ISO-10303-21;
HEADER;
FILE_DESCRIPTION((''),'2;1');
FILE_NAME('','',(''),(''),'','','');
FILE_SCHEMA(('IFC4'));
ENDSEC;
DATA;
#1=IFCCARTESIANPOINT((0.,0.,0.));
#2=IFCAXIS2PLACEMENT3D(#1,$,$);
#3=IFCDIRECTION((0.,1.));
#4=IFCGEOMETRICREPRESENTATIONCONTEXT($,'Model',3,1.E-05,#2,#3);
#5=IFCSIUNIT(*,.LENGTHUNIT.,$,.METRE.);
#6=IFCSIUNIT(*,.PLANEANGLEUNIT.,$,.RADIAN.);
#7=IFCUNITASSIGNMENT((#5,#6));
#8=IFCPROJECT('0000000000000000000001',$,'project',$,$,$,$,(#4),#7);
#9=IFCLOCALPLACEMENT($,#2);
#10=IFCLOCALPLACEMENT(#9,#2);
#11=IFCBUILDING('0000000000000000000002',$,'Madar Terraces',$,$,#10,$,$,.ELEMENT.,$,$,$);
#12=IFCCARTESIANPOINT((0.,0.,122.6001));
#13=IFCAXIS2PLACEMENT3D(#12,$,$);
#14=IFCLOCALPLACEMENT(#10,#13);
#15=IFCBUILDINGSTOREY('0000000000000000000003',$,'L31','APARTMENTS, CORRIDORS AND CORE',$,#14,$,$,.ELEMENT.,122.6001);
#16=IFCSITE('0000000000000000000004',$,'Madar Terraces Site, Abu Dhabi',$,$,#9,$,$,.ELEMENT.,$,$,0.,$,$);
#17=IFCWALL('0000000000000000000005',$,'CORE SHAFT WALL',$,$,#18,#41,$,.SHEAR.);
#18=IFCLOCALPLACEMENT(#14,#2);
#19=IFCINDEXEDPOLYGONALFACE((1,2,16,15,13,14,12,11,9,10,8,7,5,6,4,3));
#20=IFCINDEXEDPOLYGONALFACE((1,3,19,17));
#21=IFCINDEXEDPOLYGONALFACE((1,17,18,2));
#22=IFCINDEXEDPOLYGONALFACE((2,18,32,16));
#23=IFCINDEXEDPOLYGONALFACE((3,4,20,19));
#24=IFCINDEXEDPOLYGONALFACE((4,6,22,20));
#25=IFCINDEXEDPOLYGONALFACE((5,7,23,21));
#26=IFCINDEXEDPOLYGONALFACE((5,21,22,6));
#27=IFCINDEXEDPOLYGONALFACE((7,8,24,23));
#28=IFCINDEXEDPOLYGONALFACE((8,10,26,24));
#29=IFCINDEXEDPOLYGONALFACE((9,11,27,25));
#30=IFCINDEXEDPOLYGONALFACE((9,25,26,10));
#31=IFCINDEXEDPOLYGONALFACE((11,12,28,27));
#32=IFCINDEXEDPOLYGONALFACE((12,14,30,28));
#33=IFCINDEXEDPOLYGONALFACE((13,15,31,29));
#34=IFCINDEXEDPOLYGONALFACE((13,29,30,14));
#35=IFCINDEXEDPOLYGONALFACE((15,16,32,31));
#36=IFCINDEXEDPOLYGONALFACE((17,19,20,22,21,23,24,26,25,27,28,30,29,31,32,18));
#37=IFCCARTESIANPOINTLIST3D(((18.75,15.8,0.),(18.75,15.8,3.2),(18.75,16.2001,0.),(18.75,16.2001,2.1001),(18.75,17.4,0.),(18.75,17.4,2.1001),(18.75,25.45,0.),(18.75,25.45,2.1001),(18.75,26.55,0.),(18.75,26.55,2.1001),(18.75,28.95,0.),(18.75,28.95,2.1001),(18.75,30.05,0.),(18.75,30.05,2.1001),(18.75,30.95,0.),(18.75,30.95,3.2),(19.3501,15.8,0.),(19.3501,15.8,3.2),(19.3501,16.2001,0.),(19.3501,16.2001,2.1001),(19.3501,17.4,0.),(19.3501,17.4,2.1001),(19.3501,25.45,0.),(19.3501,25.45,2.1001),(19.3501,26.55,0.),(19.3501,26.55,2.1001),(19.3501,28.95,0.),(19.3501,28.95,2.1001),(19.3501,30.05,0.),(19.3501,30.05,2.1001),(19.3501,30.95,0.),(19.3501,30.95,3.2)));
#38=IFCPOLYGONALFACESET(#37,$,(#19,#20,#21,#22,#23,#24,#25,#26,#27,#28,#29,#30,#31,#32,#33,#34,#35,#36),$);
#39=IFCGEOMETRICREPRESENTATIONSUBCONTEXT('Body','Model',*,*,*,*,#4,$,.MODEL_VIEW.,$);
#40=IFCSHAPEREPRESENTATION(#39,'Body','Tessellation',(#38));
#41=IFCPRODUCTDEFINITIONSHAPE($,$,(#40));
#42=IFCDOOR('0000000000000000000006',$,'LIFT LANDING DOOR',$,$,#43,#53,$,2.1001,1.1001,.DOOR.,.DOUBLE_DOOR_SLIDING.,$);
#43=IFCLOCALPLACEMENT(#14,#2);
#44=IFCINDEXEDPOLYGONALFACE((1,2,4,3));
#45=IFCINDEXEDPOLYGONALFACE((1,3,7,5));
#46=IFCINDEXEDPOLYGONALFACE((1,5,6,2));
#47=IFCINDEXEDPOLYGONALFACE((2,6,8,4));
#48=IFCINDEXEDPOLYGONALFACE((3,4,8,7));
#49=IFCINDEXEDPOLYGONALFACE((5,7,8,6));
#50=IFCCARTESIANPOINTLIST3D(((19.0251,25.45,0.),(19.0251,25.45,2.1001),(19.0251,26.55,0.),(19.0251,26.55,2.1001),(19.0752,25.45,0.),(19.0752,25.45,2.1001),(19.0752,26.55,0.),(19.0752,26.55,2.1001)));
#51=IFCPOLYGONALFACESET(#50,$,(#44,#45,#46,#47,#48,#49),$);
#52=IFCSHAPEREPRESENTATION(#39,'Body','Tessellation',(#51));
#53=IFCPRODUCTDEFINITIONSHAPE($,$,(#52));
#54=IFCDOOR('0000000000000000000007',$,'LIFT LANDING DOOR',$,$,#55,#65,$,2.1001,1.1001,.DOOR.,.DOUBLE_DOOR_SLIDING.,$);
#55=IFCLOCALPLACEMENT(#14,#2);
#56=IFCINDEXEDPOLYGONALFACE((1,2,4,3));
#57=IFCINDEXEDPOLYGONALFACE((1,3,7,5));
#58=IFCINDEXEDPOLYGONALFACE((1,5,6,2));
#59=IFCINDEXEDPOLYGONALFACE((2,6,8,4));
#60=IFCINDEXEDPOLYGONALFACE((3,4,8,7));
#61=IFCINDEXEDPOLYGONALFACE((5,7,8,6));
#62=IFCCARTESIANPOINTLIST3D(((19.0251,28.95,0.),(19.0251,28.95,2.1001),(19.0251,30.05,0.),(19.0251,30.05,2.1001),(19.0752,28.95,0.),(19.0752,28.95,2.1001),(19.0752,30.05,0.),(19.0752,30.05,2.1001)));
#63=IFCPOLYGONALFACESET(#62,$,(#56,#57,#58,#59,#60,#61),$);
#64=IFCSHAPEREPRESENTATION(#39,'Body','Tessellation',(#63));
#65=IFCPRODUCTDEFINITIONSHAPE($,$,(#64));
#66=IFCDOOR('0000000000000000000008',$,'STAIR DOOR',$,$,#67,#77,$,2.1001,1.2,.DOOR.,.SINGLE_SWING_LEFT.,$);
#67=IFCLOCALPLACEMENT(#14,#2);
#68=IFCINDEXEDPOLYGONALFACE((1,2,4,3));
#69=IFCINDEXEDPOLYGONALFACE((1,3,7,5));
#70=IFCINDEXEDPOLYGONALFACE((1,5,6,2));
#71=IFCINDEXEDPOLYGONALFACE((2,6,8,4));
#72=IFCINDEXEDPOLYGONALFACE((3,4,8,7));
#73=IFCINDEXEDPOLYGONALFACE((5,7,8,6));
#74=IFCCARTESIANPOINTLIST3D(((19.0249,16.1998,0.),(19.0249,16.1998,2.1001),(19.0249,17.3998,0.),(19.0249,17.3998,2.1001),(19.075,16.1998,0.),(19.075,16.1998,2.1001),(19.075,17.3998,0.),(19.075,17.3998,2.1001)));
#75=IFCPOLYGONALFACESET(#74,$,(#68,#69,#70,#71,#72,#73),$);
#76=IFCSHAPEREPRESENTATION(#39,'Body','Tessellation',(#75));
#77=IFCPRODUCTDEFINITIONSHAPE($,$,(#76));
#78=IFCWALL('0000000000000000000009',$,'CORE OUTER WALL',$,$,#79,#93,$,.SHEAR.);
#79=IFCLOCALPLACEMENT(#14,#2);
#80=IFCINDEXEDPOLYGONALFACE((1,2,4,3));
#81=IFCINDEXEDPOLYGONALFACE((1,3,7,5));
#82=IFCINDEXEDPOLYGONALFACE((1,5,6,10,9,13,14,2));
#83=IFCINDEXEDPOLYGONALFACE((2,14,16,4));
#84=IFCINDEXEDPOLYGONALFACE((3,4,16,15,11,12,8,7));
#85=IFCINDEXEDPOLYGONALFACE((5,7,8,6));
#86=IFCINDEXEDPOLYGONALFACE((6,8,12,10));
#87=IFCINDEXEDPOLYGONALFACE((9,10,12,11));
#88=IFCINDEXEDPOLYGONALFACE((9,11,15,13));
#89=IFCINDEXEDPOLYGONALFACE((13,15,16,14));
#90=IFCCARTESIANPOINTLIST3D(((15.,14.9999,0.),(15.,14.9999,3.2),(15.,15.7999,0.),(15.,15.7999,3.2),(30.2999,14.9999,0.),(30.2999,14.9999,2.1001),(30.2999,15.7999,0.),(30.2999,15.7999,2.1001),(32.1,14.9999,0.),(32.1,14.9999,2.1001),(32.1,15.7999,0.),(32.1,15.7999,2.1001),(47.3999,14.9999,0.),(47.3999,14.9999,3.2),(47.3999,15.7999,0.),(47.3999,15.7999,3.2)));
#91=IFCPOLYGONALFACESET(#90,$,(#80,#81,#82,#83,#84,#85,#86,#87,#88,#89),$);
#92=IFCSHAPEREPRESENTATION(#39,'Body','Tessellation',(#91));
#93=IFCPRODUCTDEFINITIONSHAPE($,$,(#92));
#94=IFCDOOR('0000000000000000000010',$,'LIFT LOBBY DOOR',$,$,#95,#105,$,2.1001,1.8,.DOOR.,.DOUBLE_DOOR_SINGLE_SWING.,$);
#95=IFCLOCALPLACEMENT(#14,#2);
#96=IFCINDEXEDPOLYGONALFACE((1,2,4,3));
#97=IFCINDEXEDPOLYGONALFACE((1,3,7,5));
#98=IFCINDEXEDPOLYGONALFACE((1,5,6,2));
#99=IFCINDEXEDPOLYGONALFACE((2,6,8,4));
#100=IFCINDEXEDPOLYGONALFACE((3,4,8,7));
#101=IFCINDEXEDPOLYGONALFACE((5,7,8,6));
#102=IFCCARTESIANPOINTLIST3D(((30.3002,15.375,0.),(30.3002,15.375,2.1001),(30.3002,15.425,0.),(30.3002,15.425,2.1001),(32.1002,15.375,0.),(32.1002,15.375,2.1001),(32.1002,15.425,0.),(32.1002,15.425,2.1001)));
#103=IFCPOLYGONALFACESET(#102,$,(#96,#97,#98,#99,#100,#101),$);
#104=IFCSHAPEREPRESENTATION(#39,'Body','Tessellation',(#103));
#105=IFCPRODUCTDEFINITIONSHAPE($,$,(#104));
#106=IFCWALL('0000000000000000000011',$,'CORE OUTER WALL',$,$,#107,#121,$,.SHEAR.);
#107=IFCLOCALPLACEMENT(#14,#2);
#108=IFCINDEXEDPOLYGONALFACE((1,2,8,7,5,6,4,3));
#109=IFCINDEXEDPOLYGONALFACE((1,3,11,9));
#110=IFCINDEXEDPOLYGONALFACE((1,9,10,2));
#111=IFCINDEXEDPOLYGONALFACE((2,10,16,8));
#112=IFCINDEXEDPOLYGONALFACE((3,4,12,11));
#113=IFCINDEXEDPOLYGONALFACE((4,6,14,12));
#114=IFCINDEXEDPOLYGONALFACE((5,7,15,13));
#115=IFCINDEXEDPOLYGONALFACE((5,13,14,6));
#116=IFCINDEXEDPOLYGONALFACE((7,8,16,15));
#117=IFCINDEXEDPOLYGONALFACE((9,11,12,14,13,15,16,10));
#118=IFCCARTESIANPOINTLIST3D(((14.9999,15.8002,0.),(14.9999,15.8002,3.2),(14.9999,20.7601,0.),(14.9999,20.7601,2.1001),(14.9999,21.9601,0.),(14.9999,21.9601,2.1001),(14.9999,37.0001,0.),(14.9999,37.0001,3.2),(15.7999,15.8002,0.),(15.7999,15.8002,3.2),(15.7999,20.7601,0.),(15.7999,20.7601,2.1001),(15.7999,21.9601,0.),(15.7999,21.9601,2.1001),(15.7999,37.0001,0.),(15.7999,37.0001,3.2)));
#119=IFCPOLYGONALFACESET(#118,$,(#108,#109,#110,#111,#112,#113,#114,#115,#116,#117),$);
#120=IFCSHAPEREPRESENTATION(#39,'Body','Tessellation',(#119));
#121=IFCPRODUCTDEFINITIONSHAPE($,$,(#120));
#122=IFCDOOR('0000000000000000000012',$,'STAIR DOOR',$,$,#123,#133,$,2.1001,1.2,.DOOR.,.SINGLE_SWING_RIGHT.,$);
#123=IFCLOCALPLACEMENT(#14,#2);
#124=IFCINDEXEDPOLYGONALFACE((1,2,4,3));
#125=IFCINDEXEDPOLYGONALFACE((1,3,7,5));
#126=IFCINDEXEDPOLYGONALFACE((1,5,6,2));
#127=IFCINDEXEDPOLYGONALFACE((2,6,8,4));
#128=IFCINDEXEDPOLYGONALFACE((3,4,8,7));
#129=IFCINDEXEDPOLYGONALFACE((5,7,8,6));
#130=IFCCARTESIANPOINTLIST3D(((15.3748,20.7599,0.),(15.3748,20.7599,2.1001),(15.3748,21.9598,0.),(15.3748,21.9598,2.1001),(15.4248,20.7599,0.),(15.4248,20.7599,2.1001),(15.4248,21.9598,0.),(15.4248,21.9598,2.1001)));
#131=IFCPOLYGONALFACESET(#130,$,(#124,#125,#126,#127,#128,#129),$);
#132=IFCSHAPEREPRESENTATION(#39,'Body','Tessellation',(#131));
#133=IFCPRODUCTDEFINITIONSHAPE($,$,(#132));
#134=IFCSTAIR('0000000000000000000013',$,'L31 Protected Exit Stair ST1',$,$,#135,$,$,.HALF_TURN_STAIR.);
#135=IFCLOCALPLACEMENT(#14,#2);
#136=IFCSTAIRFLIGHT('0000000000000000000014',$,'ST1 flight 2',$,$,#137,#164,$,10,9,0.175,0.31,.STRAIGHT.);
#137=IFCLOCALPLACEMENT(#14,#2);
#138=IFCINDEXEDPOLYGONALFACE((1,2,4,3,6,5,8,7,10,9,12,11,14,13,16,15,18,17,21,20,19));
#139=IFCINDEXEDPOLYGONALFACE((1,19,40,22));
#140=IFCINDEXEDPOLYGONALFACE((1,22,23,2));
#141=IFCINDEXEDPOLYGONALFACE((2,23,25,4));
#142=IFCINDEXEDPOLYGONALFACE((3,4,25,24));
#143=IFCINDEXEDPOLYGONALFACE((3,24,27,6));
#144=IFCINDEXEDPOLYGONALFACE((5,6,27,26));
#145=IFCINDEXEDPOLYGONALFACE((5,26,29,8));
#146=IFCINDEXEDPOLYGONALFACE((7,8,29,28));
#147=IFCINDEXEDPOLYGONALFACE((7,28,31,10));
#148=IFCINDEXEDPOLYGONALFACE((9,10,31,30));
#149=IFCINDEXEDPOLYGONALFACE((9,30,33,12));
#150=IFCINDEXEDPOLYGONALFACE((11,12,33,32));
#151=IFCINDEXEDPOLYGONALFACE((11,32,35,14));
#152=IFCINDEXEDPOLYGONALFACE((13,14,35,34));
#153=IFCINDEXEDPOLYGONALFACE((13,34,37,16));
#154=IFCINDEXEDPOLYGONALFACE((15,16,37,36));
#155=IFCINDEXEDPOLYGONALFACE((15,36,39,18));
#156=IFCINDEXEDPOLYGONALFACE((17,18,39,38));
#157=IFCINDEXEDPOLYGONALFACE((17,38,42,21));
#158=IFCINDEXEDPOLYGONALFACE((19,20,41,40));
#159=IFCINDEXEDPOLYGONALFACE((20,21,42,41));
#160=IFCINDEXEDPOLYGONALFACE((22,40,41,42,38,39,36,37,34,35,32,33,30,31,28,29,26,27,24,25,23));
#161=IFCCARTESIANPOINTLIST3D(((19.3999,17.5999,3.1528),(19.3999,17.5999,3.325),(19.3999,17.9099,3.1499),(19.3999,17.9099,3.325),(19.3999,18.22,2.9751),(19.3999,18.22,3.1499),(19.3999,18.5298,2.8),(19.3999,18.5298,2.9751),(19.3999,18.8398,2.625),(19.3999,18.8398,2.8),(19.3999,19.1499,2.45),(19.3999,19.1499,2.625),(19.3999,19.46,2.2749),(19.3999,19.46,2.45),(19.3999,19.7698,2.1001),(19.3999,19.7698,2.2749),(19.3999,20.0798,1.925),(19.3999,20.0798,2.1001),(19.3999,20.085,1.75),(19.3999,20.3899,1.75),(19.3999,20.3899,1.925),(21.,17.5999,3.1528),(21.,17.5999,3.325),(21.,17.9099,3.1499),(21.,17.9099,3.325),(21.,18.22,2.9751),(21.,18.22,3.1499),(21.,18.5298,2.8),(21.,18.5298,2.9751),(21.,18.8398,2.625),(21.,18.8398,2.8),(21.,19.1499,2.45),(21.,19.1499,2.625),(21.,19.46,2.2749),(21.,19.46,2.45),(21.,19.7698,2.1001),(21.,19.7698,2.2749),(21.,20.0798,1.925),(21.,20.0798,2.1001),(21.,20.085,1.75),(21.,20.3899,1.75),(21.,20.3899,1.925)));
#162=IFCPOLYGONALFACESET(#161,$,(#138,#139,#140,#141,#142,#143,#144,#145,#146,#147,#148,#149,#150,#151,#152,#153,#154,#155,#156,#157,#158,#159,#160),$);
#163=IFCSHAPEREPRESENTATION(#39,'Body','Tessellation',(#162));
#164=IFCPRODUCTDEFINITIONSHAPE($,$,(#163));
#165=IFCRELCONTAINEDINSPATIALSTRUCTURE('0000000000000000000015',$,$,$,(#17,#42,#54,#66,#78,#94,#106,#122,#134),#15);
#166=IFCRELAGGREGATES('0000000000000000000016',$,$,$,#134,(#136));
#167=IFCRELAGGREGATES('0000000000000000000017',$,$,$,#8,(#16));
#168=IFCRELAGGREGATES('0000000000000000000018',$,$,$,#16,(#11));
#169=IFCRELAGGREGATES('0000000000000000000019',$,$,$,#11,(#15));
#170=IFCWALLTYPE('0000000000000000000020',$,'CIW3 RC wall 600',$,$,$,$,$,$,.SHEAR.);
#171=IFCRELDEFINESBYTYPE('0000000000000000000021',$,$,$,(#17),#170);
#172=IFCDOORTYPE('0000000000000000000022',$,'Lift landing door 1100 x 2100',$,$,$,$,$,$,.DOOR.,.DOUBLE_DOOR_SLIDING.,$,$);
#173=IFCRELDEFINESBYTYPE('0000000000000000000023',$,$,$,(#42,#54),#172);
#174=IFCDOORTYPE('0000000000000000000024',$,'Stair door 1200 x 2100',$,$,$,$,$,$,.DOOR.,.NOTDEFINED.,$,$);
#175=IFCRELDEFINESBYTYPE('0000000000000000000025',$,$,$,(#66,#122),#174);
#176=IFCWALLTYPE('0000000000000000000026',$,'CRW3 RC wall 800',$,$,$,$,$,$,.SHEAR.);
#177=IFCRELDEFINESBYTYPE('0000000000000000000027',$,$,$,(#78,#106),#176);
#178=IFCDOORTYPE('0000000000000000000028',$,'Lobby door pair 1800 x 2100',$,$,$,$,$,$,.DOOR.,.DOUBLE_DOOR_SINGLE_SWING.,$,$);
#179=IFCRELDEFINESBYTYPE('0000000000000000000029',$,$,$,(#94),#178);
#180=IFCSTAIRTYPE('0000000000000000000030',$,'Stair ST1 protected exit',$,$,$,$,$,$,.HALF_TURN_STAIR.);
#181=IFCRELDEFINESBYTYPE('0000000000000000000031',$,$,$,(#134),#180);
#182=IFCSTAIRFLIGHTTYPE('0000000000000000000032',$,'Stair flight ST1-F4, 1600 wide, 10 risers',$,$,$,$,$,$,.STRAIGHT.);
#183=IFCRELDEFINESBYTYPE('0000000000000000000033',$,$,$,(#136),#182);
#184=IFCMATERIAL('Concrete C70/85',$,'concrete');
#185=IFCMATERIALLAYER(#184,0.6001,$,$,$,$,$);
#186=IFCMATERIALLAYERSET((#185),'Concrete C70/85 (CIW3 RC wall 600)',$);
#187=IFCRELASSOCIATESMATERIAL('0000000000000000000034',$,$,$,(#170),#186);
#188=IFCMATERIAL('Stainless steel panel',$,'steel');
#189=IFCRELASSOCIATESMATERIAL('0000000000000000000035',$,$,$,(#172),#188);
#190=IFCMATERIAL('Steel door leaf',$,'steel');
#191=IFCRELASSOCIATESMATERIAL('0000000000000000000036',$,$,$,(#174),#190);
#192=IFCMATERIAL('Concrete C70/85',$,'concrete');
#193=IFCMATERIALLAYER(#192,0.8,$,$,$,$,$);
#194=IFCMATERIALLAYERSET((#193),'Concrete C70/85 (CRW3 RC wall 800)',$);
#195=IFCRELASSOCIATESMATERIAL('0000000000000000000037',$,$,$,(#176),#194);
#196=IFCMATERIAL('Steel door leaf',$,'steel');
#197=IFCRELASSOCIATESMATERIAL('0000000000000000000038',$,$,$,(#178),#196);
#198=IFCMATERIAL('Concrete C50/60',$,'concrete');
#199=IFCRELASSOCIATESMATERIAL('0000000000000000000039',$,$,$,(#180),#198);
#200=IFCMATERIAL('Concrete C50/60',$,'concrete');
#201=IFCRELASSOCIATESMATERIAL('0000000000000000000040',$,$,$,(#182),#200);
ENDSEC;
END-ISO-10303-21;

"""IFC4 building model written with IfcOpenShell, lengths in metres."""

from ifc_helpers import new_model, si_unit, direction, frame, frame_2d, origin, place, context, subcontext, project, spatial, polyline, rectangle, outline, extrude, material, layer, layer_set, type_object, element, fill, aggregate, save


model = new_model("IFC4")

# Units and contexts
model_context = context("Model", 3, precision=1e-05, world=origin(), true_north=direction((0.0, 1.0)))
body_context = subcontext(model_context, "Body", "Model", "MODEL_VIEW")
ifc_project = project(units=[si_unit("LENGTHUNIT", "METRE"), si_unit("PLANEANGLEUNIT", "RADIAN")], contexts=[model_context])

# Site, building, storey
site_placement = place(None, origin())
site = spatial("IfcSite", under=ifc_project, at=site_placement, Name="Madar Terraces Site, Abu Dhabi", CompositionType="ELEMENT", RefElevation=0.0)
building_placement = place(site_placement, origin())
building = spatial("IfcBuilding", under=site, at=building_placement, Name="Madar Terraces", CompositionType="ELEMENT")
storey_placement = place(building_placement, frame((0.0, 0.0, 122.6001)))
storey = spatial("IfcBuildingStorey", under=building, at=storey_placement, Name="L31", Description="APARTMENTS, CORRIDORS AND CORE", CompositionType="ELEMENT", Elevation=122.6001)

# Wall, openings, doors
ifc_material_1 = material(Name="Concrete C70/85", Category="concrete")
ifc_layer_1 = layer(ifc_material_1, 0.6001)
ifc_layer_set_1 = layer_set([ifc_layer_1], Name="Concrete C70/85 (CIW3 RC wall 600)")
wall_type_1 = type_object("IfcWallType", Name="CIW3 RC wall 600", PredefinedType="SHEAR", material=ifc_layer_set_1)
wall_1_placement = place(storey_placement, frame((19.05, 15.8, 0.0), z_axis=(0.0, 0.0, 1.0), x_axis=(0.0, 1.0, 0.0)))
wall_1 = element("IfcWall", 1, at=wall_1_placement, inside=storey, type_object=wall_type_1, Name="CORE SHAFT WALL", PredefinedType="SHEAR", context=body_context, shape_type="SweptSolid", body=[
    extrude(rectangle(XDim=15.1499, YDim=0.6001, at=frame_2d((7.575, 0.0))), origin(), (0.0, 0.0, 1.0), 3.2),
])
opening_1_placement = place(wall_1_placement, frame((9.6499, 0.0, 0.0)))
opening_1 = element("IfcOpeningElement", 2, at=opening_1_placement, cuts=wall_1, PredefinedType="OPENING", context=body_context, shape_type="SweptSolid", body=[
    extrude(rectangle(XDim=1.1001, YDim=2.1001, at=frame_2d((0.55, 1.05))), frame((0.0, 0.3101, 0.0), z_axis=(0.0, -1.0, 0.0), x_axis=(1.0, 0.0, 0.0)), (0.0, 0.0, 1.0), 0.6201),
])
opening_2_placement = place(wall_1_placement, frame((13.1499, 0.0, 0.0)))
opening_2 = element("IfcOpeningElement", 3, at=opening_2_placement, cuts=wall_1, PredefinedType="OPENING", context=body_context, shape_type="SweptSolid", body=[
    extrude(rectangle(XDim=1.1001, YDim=2.1001, at=frame_2d((0.55, 1.05))), frame((0.0, 0.3101, 0.0), z_axis=(0.0, -1.0, 0.0), x_axis=(1.0, 0.0, 0.0)), (0.0, 0.0, 1.0), 0.6201),
])
opening_3_placement = place(wall_1_placement, frame((0.3999, 0.0, 0.0)))
opening_3 = element("IfcOpeningElement", 4, at=opening_3_placement, cuts=wall_1, PredefinedType="OPENING", context=body_context, shape_type="SweptSolid", body=[
    extrude(rectangle(XDim=1.2, YDim=2.1001, at=frame_2d((0.6001, 1.05))), frame((0.0, 0.3101, 0.0), z_axis=(0.0, -1.0, 0.0), x_axis=(1.0, 0.0, 0.0)), (0.0, 0.0, 1.0), 0.6201),
])
ifc_material_2 = material(Name="Stainless steel panel", Category="steel")
door_type_1 = type_object("IfcDoorType", Name="Lift landing door 1100 x 2100", OperationType="DOUBLE_DOOR_SLIDING", PredefinedType="DOOR", material=ifc_material_2)
door_1_placement = place(opening_1_placement, origin())
door_1 = element("IfcDoor", 5, at=door_1_placement, inside=storey, type_object=door_type_1, Name="LIFT LANDING DOOR", OperationType="DOUBLE_DOOR_SLIDING", OverallHeight=2.1001, OverallWidth=1.1001, PredefinedType="DOOR", context=body_context, shape_type="SweptSolid", body=[
    extrude(rectangle(XDim=1.1001, YDim=2.1001, at=frame_2d((0.55, 1.05))), frame((0.0, 0.0249, 0.0), z_axis=(0.0, -1.0, 0.0), x_axis=(1.0, 0.0, 0.0)), (0.0, 0.0, 1.0), 0.05),
])
fill(opening_1, door_1)
door_2_placement = place(opening_2_placement, origin())
door_2 = element("IfcDoor", 6, at=door_2_placement, inside=storey, type_object=door_type_1, Name="LIFT LANDING DOOR", OperationType="DOUBLE_DOOR_SLIDING", OverallHeight=2.1001, OverallWidth=1.1001, PredefinedType="DOOR", context=body_context, shape_type="SweptSolid", body=[
    extrude(rectangle(XDim=1.1001, YDim=2.1001, at=frame_2d((0.55, 1.05))), frame((0.0, 0.0249, 0.0), z_axis=(0.0, -1.0, 0.0), x_axis=(1.0, 0.0, 0.0)), (0.0, 0.0, 1.0), 0.05),
])
fill(opening_2, door_2)
ifc_material_3 = material(Name="Steel door leaf", Category="steel")
door_type_2 = type_object("IfcDoorType", Name="Stair door 1200 x 2100", OperationType="NOTDEFINED", PredefinedType="DOOR", material=ifc_material_3)
door_3_placement = place(opening_3_placement, frame((1.2, 0.0, 0.0), z_axis=(0.0, 0.0, 1.0), x_axis=(-1.0, 0.0, 0.0)))
door_3 = element("IfcDoor", 7, at=door_3_placement, inside=storey, type_object=door_type_2, Name="STAIR DOOR", OperationType="SINGLE_SWING_LEFT", OverallHeight=2.1001, OverallWidth=1.2, PredefinedType="DOOR", context=body_context, shape_type="SweptSolid", body=[
    extrude(rectangle(XDim=1.2, YDim=2.1001, at=frame_2d((0.6001, 1.05))), frame((0.0, 0.0249, 0.0), z_axis=(0.0, -1.0, 0.0), x_axis=(1.0, 0.0, 0.0)), (0.0, 0.0, 1.0), 0.05),
])
fill(opening_3, door_3)

# Walls, openings, doors
ifc_material_4 = material(Name="Concrete C70/85", Category="concrete")
ifc_layer_2 = layer(ifc_material_4, 0.8)
ifc_layer_set_2 = layer_set([ifc_layer_2], Name="Concrete C70/85 (CRW3 RC wall 800)")
wall_type_2 = type_object("IfcWallType", Name="CRW3 RC wall 800", PredefinedType="SHEAR", material=ifc_layer_set_2)
wall_2_placement = place(storey_placement, frame((15.0, 15.3999, 0.0), z_axis=(0.0, 0.0, 1.0), x_axis=(1.0, 0.0, 0.0)))
wall_2 = element("IfcWall", 8, at=wall_2_placement, inside=storey, type_object=wall_type_2, Name="CORE OUTER WALL", PredefinedType="SHEAR", context=body_context, shape_type="SweptSolid", body=[
    extrude(rectangle(XDim=32.3999, YDim=0.8, at=frame_2d((16.2, 0.0))), origin(), (0.0, 0.0, 1.0), 3.2),
])
opening_4_placement = place(wall_2_placement, frame((15.3, 0.0, 0.0)))
opening_4 = element("IfcOpeningElement", 9, at=opening_4_placement, cuts=wall_2, PredefinedType="OPENING", context=body_context, shape_type="SweptSolid", body=[
    extrude(rectangle(XDim=1.8, YDim=2.1001, at=frame_2d((0.8999, 1.05))), frame((0.0, 0.4099, 0.0), z_axis=(0.0, -1.0, 0.0), x_axis=(1.0, 0.0, 0.0)), (0.0, 0.0, 1.0), 0.8201),
])
ifc_material_5 = material(Name="Steel door leaf", Category="steel")
door_type_3 = type_object("IfcDoorType", Name="Lobby door pair 1800 x 2100", OperationType="DOUBLE_DOOR_SINGLE_SWING", PredefinedType="DOOR", material=ifc_material_5)
door_4_placement = place(opening_4_placement, frame((1.8, 0.0, 0.0), z_axis=(0.0, 0.0, 1.0), x_axis=(-1.0, 0.0, 0.0)))
door_4 = element("IfcDoor", 10, at=door_4_placement, inside=storey, type_object=door_type_3, Name="LIFT LOBBY DOOR", OperationType="DOUBLE_DOOR_SINGLE_SWING", OverallHeight=2.1001, OverallWidth=1.8, PredefinedType="DOOR", context=body_context, shape_type="SweptSolid", body=[
    extrude(rectangle(XDim=1.8, YDim=2.1001, at=frame_2d((0.8999, 1.05))), frame((0.0, 0.0249, 0.0), z_axis=(0.0, -1.0, 0.0), x_axis=(1.0, 0.0, 0.0)), (0.0, 0.0, 1.0), 0.05),
])
fill(opening_4, door_4)
wall_3_placement = place(storey_placement, frame((15.3999, 15.8, 0.0), z_axis=(0.0, 0.0, 1.0), x_axis=(0.0, 1.0, 0.0)))
wall_3 = element("IfcWall", 11, at=wall_3_placement, inside=storey, type_object=wall_type_2, Name="CORE OUTER WALL", PredefinedType="SHEAR", context=body_context, shape_type="SweptSolid", body=[
    extrude(rectangle(XDim=21.2, YDim=0.8, at=frame_2d((10.6001, 0.0))), origin(), (0.0, 0.0, 1.0), 3.2),
])
opening_5_placement = place(wall_3_placement, frame((4.96, 0.0, 0.0)))
opening_5 = element("IfcOpeningElement", 12, at=opening_5_placement, cuts=wall_3, PredefinedType="OPENING", context=body_context, shape_type="SweptSolid", body=[
    extrude(rectangle(XDim=1.2, YDim=2.1001, at=frame_2d((0.6001, 1.05))), frame((0.0, 0.4099, 0.0), z_axis=(0.0, -1.0, 0.0), x_axis=(1.0, 0.0, 0.0)), (0.0, 0.0, 1.0), 0.8201),
])
door_5_placement = place(opening_5_placement, frame((1.2, 0.0, 0.0), z_axis=(0.0, 0.0, 1.0), x_axis=(-1.0, 0.0, 0.0)))
door_5 = element("IfcDoor", 13, at=door_5_placement, inside=storey, type_object=door_type_2, Name="STAIR DOOR", OperationType="SINGLE_SWING_RIGHT", OverallHeight=2.1001, OverallWidth=1.2, PredefinedType="DOOR", context=body_context, shape_type="SweptSolid", body=[
    extrude(rectangle(XDim=1.2, YDim=2.1001, at=frame_2d((0.6001, 1.05))), frame((0.0, 0.0249, 0.0), z_axis=(0.0, -1.0, 0.0), x_axis=(1.0, 0.0, 0.0)), (0.0, 0.0, 1.0), 0.05),
])
fill(opening_5, door_5)

# Stair, stair flight
ifc_material_6 = material(Name="Concrete C50/60", Category="concrete")
stair_type = type_object("IfcStairType", Name="Stair ST1 protected exit", PredefinedType="HALF_TURN_STAIR", material=ifc_material_6)
stair_placement = place(storey_placement, origin())
stair = element("IfcStair", 14, at=stair_placement, inside=storey, type_object=stair_type, Name="L31 Protected Exit Stair ST1", PredefinedType="HALF_TURN_STAIR")
ifc_material_7 = material(Name="Concrete C50/60", Category="concrete")
stair_flight_type = type_object("IfcStairFlightType", Name="Stair flight ST1-F4, 1600 wide, 10 risers", PredefinedType="STRAIGHT", material=ifc_material_7)
stair_flight_placement = place(storey_placement, frame((20.2, 20.3899, 1.75), z_axis=(0.0, 0.0, 1.0), x_axis=(0.0, -1.0, 0.0)))
stair_flight = element("IfcStairFlight", 15, at=stair_flight_placement, type_object=stair_flight_type, Name="ST1 flight 2", NumberOfRisers=10, NumberOfTreads=9, PredefinedType="STRAIGHT", RiserHeight=0.175, TreadLength=0.31, context=body_context, shape_type="SweptSolid", body=[
    extrude(outline(polyline([(0.0, 0.0), (0.0, 0.175), (0.3101, 0.175), (0.3101, 0.3501), (0.6201, 0.3501), (0.6201, 0.5249), (0.9299, 0.5249), (0.9299, 0.7), (1.24, 0.7), (1.24, 0.875), (1.55, 0.875), (1.55, 1.05), (1.8601, 1.05), (1.8601, 1.2251), (2.1699, 1.2251), (2.1699, 1.3999), (2.48, 1.3999), (2.48, 1.575), (2.79, 1.575), (2.79, 1.75), (2.79, 1.4028), (0.3049, 0.0), (0.0, 0.0)])), frame((0.0, 0.8, 0.0), z_axis=(0.0, -1.0, 0.0), x_axis=(1.0, 0.0, 0.0)), (0.0, 0.0, 1.0), 1.6001),
])
aggregate(stair, [stair_flight])

save(model, "model.ifc")
